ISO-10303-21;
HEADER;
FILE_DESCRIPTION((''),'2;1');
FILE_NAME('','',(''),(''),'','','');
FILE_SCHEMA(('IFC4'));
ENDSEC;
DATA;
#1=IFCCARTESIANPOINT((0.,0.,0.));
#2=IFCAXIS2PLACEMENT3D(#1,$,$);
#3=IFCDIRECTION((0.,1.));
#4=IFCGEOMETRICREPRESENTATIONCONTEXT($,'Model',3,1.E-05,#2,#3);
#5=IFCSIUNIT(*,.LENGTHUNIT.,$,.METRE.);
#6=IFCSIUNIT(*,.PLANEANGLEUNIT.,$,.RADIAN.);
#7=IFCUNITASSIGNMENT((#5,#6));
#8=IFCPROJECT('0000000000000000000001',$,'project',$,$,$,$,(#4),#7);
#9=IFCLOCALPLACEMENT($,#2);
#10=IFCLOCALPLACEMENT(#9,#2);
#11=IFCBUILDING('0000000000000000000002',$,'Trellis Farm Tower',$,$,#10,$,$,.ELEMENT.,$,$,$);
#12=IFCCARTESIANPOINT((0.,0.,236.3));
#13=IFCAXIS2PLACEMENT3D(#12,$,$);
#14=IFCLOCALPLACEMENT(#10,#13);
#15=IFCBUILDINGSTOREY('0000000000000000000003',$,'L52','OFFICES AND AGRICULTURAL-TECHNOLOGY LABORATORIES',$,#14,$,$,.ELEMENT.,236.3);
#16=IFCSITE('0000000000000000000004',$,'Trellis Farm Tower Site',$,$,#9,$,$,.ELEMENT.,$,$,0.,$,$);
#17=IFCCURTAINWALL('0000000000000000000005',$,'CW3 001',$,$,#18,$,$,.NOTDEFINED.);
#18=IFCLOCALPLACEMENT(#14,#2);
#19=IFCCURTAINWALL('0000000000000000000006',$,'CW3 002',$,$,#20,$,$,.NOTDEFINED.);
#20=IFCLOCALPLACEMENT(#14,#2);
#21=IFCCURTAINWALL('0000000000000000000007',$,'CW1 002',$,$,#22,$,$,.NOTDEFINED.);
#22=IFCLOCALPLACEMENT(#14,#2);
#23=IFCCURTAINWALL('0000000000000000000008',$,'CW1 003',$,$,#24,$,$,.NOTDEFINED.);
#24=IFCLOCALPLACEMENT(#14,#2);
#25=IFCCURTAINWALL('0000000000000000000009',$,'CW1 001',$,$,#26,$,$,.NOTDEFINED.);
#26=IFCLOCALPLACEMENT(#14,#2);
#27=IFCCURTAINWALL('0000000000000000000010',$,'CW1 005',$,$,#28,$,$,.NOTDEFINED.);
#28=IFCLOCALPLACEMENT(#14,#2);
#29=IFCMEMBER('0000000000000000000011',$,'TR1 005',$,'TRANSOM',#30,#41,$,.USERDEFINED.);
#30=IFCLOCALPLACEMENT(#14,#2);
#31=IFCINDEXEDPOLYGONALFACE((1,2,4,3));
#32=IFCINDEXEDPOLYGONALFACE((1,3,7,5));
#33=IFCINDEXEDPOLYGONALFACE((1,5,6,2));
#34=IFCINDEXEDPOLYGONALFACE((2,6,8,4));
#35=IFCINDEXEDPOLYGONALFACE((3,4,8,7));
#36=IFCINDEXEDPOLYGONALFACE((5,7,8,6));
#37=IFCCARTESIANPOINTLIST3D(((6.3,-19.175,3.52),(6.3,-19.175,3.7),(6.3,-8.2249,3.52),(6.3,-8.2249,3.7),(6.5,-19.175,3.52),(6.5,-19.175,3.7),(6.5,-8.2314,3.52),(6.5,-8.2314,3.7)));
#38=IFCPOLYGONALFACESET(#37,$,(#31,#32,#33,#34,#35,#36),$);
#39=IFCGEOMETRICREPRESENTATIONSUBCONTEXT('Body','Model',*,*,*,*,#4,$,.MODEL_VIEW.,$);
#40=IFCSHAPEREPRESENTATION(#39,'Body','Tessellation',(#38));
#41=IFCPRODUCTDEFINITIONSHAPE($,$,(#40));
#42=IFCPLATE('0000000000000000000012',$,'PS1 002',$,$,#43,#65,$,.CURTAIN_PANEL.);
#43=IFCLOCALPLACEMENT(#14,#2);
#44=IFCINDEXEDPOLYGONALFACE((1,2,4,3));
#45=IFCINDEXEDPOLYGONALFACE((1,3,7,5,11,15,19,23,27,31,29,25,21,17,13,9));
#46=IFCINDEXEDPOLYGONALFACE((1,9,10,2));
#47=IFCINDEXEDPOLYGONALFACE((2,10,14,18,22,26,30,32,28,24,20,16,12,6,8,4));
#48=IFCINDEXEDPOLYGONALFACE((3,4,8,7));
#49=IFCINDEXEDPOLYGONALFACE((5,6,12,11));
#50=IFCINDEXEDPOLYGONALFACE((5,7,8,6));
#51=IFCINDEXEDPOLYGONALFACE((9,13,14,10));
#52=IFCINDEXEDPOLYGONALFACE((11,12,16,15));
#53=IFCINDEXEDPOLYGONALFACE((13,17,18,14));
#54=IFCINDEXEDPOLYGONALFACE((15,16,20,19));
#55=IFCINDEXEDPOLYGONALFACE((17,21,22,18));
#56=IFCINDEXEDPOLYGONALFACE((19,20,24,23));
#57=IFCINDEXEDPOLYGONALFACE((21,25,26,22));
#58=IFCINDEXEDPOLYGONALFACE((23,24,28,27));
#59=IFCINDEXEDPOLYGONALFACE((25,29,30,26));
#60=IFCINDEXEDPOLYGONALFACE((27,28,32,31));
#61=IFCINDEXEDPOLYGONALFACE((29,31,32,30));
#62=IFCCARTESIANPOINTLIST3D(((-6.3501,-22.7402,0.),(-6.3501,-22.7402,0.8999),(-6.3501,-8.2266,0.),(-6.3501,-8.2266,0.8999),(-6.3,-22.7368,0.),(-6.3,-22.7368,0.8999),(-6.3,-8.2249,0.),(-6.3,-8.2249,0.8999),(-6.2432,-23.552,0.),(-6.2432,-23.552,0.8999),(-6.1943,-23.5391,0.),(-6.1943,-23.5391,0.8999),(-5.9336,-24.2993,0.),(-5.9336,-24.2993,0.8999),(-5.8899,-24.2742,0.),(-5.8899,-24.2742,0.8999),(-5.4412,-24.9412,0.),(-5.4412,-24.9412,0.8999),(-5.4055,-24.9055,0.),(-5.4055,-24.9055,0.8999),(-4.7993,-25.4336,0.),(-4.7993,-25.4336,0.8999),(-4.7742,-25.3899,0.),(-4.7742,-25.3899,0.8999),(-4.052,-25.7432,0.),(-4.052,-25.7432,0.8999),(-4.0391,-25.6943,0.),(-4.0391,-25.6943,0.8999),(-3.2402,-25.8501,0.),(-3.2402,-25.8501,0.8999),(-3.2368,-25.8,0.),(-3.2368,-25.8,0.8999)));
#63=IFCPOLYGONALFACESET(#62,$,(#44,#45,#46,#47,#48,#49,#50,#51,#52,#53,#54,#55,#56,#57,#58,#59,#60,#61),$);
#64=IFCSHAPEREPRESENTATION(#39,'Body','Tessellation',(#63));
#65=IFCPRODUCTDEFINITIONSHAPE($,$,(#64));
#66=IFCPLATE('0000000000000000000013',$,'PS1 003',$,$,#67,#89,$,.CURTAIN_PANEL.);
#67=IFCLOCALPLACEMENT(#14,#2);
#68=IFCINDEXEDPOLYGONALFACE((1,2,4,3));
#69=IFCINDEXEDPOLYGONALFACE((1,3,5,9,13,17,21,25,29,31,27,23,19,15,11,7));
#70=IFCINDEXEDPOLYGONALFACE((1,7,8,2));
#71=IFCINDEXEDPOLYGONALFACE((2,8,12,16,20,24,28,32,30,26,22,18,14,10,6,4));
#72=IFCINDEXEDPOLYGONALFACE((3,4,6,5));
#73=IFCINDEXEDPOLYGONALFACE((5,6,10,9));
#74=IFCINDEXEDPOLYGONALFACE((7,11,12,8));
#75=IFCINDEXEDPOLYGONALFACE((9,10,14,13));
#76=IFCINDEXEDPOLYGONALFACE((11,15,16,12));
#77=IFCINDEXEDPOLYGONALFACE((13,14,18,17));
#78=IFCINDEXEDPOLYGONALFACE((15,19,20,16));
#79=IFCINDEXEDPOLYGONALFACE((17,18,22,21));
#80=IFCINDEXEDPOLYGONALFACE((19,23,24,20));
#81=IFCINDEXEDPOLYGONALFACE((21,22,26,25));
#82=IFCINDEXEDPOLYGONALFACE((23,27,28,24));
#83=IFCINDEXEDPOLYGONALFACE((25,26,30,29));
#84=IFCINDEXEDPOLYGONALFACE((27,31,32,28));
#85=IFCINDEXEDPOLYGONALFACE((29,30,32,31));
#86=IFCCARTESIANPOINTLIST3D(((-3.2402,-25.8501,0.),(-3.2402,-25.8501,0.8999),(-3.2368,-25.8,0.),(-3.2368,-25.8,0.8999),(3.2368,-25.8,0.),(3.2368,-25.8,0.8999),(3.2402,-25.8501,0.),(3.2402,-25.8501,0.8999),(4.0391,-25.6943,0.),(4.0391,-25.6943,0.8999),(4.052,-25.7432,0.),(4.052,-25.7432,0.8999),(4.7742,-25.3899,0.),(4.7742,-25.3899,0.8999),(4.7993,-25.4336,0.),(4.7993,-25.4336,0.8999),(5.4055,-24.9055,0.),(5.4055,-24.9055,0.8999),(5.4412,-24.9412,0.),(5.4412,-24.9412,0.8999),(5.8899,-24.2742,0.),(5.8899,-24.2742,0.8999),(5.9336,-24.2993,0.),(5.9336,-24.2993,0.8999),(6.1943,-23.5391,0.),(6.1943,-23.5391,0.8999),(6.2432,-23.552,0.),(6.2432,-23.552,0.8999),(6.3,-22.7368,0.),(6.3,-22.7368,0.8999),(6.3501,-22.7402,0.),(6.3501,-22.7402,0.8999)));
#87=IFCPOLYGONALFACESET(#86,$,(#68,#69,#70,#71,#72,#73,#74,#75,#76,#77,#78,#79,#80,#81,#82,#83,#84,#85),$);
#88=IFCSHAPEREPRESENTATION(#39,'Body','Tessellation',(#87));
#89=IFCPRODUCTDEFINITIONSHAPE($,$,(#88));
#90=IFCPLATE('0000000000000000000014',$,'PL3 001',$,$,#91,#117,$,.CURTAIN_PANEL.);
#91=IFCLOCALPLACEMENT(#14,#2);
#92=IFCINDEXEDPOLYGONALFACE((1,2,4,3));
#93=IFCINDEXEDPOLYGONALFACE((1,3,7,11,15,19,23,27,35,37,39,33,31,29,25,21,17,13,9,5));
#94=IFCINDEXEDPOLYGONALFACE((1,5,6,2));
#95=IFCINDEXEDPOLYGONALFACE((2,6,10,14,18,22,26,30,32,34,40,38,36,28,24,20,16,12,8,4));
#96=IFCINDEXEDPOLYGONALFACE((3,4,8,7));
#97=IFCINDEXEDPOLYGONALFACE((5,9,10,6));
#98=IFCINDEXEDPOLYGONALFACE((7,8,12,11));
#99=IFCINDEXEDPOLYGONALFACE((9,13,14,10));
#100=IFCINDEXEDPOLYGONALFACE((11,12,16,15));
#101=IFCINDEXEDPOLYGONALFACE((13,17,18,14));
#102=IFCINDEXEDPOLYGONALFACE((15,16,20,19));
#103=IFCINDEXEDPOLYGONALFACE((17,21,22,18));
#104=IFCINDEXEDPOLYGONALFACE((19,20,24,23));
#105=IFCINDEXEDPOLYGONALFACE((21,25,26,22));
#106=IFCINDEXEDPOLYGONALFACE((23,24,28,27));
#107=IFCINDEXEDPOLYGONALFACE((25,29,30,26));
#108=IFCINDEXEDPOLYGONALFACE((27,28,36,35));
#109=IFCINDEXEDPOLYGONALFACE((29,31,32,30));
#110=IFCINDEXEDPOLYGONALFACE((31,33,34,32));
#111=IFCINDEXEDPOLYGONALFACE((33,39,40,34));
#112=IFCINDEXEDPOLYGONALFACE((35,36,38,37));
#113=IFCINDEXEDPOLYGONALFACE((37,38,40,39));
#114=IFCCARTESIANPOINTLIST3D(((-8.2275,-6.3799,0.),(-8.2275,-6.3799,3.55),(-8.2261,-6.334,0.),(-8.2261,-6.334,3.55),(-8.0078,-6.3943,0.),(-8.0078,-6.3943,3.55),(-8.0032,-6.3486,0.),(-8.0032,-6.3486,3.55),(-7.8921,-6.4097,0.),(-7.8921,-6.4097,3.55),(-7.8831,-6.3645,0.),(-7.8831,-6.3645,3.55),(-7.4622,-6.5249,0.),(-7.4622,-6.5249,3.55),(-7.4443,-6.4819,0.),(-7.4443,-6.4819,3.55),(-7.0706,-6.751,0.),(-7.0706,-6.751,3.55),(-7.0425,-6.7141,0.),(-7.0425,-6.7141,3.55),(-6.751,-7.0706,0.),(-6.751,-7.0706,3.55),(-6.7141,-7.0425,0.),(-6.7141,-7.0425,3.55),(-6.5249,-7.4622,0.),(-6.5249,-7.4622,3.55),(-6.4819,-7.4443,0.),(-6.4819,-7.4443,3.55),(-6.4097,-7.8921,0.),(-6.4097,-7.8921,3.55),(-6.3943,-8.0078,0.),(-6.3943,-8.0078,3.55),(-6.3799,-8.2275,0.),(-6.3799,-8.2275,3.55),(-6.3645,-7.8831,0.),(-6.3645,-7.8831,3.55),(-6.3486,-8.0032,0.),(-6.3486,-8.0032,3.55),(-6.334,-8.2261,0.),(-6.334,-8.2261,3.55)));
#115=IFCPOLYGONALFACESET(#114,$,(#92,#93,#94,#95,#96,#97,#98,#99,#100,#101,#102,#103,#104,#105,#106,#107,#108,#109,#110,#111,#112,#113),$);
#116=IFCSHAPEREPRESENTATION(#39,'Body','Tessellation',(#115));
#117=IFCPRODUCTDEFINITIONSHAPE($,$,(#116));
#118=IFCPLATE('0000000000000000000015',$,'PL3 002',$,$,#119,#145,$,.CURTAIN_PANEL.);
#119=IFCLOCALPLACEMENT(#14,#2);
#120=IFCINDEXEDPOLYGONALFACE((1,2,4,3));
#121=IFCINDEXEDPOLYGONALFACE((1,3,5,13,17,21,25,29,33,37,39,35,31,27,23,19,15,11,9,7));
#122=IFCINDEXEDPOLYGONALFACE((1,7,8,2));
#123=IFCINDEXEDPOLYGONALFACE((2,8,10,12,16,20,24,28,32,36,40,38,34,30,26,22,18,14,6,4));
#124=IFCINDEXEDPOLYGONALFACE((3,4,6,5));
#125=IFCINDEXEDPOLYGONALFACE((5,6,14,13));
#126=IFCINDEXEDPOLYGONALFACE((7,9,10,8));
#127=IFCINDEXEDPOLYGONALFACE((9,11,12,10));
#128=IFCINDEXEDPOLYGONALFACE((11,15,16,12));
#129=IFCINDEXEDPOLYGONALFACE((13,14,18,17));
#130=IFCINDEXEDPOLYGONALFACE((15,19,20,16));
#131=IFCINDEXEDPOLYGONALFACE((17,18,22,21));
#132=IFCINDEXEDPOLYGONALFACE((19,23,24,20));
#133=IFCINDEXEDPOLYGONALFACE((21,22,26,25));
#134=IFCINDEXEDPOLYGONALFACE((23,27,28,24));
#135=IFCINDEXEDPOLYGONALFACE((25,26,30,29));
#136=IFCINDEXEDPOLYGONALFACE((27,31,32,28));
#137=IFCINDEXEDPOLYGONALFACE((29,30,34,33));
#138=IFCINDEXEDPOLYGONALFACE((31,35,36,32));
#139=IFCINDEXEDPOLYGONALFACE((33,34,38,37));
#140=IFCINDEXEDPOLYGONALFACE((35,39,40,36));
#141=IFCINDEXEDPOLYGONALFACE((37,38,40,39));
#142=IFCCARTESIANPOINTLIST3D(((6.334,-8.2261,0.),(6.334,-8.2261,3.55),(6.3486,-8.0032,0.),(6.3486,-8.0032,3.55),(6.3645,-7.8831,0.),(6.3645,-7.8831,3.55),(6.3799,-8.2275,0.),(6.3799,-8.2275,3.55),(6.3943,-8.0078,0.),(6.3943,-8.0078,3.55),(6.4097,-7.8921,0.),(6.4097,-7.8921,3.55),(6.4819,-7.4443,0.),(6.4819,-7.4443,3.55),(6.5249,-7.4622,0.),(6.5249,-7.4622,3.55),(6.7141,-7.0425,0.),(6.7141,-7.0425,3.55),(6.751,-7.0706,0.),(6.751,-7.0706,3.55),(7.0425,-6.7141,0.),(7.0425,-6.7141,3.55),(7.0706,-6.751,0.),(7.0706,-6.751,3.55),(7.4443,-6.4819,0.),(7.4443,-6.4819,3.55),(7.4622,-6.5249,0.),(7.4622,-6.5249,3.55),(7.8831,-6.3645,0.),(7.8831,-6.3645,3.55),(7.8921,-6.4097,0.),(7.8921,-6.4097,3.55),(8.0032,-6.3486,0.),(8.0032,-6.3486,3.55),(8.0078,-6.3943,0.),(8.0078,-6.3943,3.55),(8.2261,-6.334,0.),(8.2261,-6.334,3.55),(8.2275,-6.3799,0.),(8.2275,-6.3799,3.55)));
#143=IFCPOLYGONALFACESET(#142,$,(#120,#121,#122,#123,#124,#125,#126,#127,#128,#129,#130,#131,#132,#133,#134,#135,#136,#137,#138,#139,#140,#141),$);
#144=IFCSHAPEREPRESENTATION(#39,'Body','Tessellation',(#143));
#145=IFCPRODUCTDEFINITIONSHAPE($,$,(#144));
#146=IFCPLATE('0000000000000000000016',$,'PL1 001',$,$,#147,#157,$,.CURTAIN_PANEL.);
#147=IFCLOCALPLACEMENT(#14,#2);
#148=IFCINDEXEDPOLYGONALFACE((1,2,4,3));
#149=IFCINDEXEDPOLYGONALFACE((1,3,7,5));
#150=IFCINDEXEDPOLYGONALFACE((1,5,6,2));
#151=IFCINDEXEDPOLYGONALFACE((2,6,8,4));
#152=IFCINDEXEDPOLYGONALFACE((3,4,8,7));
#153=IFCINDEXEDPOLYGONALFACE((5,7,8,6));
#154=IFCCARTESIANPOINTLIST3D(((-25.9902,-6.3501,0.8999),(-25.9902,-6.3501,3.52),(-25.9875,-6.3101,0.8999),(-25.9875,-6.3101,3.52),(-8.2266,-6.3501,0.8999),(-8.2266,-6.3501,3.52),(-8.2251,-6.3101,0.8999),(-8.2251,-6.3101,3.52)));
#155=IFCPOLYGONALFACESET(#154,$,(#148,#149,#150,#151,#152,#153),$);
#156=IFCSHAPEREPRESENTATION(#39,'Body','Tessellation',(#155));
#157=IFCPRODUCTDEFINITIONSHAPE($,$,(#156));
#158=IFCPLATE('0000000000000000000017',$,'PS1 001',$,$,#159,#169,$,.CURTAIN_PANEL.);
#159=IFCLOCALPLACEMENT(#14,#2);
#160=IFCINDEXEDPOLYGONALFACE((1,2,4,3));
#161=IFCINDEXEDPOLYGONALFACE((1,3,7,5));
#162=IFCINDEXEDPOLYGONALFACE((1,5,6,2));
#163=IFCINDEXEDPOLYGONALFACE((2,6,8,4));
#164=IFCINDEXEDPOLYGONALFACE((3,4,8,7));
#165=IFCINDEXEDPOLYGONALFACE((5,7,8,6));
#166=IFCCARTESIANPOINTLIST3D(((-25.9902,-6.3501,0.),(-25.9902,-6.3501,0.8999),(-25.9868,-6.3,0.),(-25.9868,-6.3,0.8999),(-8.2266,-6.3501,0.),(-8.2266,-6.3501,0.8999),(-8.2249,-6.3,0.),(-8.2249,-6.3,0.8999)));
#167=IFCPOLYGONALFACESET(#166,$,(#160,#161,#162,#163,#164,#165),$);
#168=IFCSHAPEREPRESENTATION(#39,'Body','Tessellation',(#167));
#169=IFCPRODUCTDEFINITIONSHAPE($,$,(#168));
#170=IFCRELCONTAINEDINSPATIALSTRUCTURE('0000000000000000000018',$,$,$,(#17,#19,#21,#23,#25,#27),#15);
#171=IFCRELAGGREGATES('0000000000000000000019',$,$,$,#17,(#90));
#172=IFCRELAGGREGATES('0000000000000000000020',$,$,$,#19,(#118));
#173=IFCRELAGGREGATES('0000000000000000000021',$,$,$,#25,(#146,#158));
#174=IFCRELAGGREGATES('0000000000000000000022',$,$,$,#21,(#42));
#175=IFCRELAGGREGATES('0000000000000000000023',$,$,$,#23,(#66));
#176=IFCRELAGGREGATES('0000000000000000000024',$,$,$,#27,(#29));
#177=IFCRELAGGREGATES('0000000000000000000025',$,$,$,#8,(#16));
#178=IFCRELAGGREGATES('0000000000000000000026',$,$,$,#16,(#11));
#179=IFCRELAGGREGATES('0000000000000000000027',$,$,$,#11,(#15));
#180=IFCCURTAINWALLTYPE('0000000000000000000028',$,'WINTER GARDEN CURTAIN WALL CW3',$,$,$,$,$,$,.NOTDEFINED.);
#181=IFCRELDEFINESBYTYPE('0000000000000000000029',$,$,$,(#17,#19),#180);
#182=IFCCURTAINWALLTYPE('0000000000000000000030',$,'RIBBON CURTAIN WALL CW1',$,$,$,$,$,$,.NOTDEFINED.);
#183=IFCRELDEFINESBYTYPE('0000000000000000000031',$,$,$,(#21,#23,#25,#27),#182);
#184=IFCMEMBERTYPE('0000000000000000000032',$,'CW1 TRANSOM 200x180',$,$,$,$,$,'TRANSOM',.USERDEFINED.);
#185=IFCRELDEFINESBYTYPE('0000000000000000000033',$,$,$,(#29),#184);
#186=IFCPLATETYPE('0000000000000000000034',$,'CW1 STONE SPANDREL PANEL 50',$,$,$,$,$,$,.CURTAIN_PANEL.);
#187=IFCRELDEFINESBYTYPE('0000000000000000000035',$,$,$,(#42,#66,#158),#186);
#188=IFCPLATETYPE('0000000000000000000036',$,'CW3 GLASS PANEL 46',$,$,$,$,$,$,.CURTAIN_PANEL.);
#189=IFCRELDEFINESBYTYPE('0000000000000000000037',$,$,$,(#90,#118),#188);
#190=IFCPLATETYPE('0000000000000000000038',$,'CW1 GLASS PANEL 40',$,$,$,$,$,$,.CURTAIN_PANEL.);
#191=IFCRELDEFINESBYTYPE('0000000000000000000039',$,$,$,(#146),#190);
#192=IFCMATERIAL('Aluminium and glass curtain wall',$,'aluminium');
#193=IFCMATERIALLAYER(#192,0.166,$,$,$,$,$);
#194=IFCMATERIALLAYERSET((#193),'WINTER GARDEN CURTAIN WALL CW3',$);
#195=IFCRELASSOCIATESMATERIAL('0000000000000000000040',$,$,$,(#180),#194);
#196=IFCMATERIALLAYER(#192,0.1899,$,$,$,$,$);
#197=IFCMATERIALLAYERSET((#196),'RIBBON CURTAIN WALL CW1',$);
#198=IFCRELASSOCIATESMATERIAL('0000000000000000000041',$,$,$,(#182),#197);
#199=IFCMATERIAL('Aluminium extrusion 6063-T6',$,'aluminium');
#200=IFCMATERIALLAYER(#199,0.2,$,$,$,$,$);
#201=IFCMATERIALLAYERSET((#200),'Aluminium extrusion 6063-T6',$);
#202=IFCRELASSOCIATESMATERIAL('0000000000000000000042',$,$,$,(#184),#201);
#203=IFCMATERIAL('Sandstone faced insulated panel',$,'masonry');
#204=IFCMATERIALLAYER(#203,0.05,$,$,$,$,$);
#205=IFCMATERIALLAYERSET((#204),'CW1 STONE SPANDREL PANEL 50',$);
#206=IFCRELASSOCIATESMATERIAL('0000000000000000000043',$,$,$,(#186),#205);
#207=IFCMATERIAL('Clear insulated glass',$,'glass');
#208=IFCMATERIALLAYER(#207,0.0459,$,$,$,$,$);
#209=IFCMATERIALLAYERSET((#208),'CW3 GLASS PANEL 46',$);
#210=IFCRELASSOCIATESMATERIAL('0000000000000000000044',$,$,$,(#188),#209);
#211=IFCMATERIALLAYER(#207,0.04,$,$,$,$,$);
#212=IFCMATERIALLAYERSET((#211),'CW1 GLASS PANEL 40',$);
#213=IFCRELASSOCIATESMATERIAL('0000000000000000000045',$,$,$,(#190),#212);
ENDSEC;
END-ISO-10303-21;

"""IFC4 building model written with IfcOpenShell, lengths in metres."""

from ifc_helpers import new_model, si_unit, direction, frame, origin, place, context, subcontext, project, spatial, polyline, outline, extrude, source, transform, mapped, material, layer, layer_set, type_object, element, aggregate, save


model = new_model("IFC4")

# Units and contexts
model_context = context("Model", 3, precision=1e-05, world=origin(), true_north=direction((0.0, 1.0)))
body_context = subcontext(model_context, "Body", "Model", "MODEL_VIEW")
ifc_project = project(units=[si_unit("LENGTHUNIT", "METRE"), si_unit("PLANEANGLEUNIT", "RADIAN")], contexts=[model_context])

# Site, building, storey
site_placement = place(None, origin())
site = spatial("IfcSite", under=ifc_project, at=site_placement, Name="Trellis Farm Tower Site", CompositionType="ELEMENT", RefElevation=0.0)
building_placement = place(site_placement, origin())
building = spatial("IfcBuilding", under=site, at=building_placement, Name="Trellis Farm Tower", CompositionType="ELEMENT")
storey_placement = place(building_placement, frame((0.0, 0.0, 236.3)))
storey = spatial("IfcBuildingStorey", under=building, at=storey_placement, Name="L52", Description="OFFICES AND AGRICULTURAL-TECHNOLOGY LABORATORIES", CompositionType="ELEMENT", Elevation=236.3)

# Curtain walls, member
ifc_material_1 = material(Name="Aluminium and glass curtain wall", Category="aluminium")
ifc_layer_1 = layer(ifc_material_1, 0.166)
ifc_layer_set_1 = layer_set([ifc_layer_1], Name="WINTER GARDEN CURTAIN WALL CW3")
curtain_wall_type_1 = type_object("IfcCurtainWallType", Name="WINTER GARDEN CURTAIN WALL CW3", PredefinedType="NOTDEFINED", material=ifc_layer_set_1)
placement_1 = place(storey_placement, origin())
curtain_wall_1 = element("IfcCurtainWall", 1, at=placement_1, inside=storey, type_object=curtain_wall_type_1, Name="CW3 001", PredefinedType="NOTDEFINED")
ifc_material_2 = material(Name="Aluminium extrusion 6063-T6", Category="aluminium")
curtain_wall_2 = element("IfcCurtainWall", 2, at=placement_1, inside=storey, type_object=curtain_wall_type_1, Name="CW3 002", PredefinedType="NOTDEFINED")
ifc_layer_2 = layer(ifc_material_1, 0.1899)
ifc_layer_set_2 = layer_set([ifc_layer_2], Name="RIBBON CURTAIN WALL CW1")
curtain_wall_type_2 = type_object("IfcCurtainWallType", Name="RIBBON CURTAIN WALL CW1", PredefinedType="NOTDEFINED", material=ifc_layer_set_2)
curtain_wall_3 = element("IfcCurtainWall", 3, at=placement_1, inside=storey, type_object=curtain_wall_type_2, Name="CW1 002", PredefinedType="NOTDEFINED")
ifc_layer_3 = layer(ifc_material_2, 0.2)
ifc_layer_set_3 = layer_set([ifc_layer_3], Name="Aluminium extrusion 6063-T6")
member_type_1 = type_object("IfcMemberType", Name="CW1 TRANSOM 200x180", ElementType="TRANSOM", PredefinedType="USERDEFINED", material=ifc_layer_set_3)
placement_2 = place(storey_placement, frame((0.0, 0.0, 3.52)))
curtain_wall_4 = element("IfcCurtainWall", 4, at=placement_1, inside=storey, type_object=curtain_wall_type_2, Name="CW1 003", PredefinedType="NOTDEFINED")
curtain_wall_5 = element("IfcCurtainWall", 5, at=placement_1, inside=storey, type_object=curtain_wall_type_2, Name="CW1 001", PredefinedType="NOTDEFINED")
curtain_wall_6 = element("IfcCurtainWall", 6, at=placement_1, inside=storey, type_object=curtain_wall_type_2, Name="CW1 005", PredefinedType="NOTDEFINED")
shared_shape_1 = source(origin(), body_context, "Body", "SweptSolid", [
    extrude(outline(polyline([(6.5, -19.175), (6.5, -8.2314), (6.3, -8.2249), (6.3, -19.175), (6.5, -19.175)])), origin(), (0.0, 0.0, 1.0), 0.1799),
])
member_1 = element("IfcMember", 7, at=placement_2, type_object=member_type_1, Name="TR1 005", ObjectType="TRANSOM", PredefinedType="USERDEFINED", context=body_context, shape_type="MappedRepresentation", body=[
    mapped(shared_shape_1, transform((0.0, 0.0, 0.0))),
])

# Plates
ifc_material_3 = material(Name="Sandstone faced insulated panel", Category="masonry")
ifc_layer_4 = layer(ifc_material_3, 0.05)
ifc_layer_set_4 = layer_set([ifc_layer_4], Name="CW1 STONE SPANDREL PANEL 50")
plate_type_1 = type_object("IfcPlateType", Name="CW1 STONE SPANDREL PANEL 50", PredefinedType="CURTAIN_PANEL", material=ifc_layer_set_4)
shared_shape_2 = source(origin(), body_context, "Body", "SweptSolid", [
    extrude(outline(polyline([(-6.3501, -8.2266), (-6.3501, -22.7402), (-6.2432, -23.552), (-5.9336, -24.2993), (-5.4412, -24.9412), (-4.7993, -25.4336), (-4.052, -25.7432), (-3.2402, -25.8501), (-3.2368, -25.8), (-4.0391, -25.6943), (-4.7742, -25.3899), (-5.4055, -24.9055), (-5.8899, -24.2742), (-6.1943, -23.5391), (-6.3, -22.7368), (-6.3, -8.2249), (-6.3501, -8.2266)])), origin(), (0.0, 0.0, 1.0), 0.8999),
])
plate_1 = element("IfcPlate", 8, at=placement_1, type_object=plate_type_1, Name="PS1 002", PredefinedType="CURTAIN_PANEL", context=body_context, shape_type="MappedRepresentation", body=[
    mapped(shared_shape_2, transform((0.0, 0.0, 0.0))),
])
shared_shape_3 = source(origin(), body_context, "Body", "SweptSolid", [
    extrude(outline(polyline([(-3.2402, -25.8501), (3.2402, -25.8501), (4.052, -25.7432), (4.7993, -25.4336), (5.4412, -24.9412), (5.9336, -24.2993), (6.2432, -23.552), (6.3501, -22.7402), (6.3, -22.7368), (6.1943, -23.5391), (5.8899, -24.2742), (5.4055, -24.9055), (4.7742, -25.3899), (4.0391, -25.6943), (3.2368, -25.8), (-3.2368, -25.8), (-3.2402, -25.8501)])), origin(), (0.0, 0.0, 1.0), 0.8999),
])
plate_2 = element("IfcPlate", 9, at=placement_1, type_object=plate_type_1, Name="PS1 003", PredefinedType="CURTAIN_PANEL", context=body_context, shape_type="MappedRepresentation", body=[
    mapped(shared_shape_3, transform((0.0, 0.0, 0.0))),
])
ifc_material_4 = material(Name="Clear insulated glass", Category="glass")
ifc_layer_5 = layer(ifc_material_4, 0.0459)
ifc_layer_set_5 = layer_set([ifc_layer_5], Name="CW3 GLASS PANEL 46")
plate_type_2 = type_object("IfcPlateType", Name="CW3 GLASS PANEL 46", PredefinedType="CURTAIN_PANEL", material=ifc_layer_set_5)
shared_shape_4 = source(origin(), body_context, "Body", "SweptSolid", [
    extrude(outline(polyline([(-8.2275, -6.3799), (-8.0078, -6.3943), (-7.8921, -6.4097), (-7.4622, -6.5249), (-7.0706, -6.751), (-6.751, -7.0706), (-6.5249, -7.4622), (-6.4097, -7.8921), (-6.3943, -8.0078), (-6.3799, -8.2275), (-6.334, -8.2261), (-6.3486, -8.0032), (-6.3645, -7.8831), (-6.4819, -7.4443), (-6.7141, -7.0425), (-7.0425, -6.7141), (-7.4443, -6.4819), (-7.8831, -6.3645), (-8.0032, -6.3486), (-8.2261, -6.334), (-8.2275, -6.3799)])), origin(), (0.0, 0.0, 1.0), 3.55),
])
plate_3 = element("IfcPlate", 10, at=placement_1, type_object=plate_type_2, Name="PL3 001", PredefinedType="CURTAIN_PANEL", context=body_context, shape_type="MappedRepresentation", body=[
    mapped(shared_shape_4, transform((0.0, 0.0, 0.0))),
])
aggregate(curtain_wall_1, [plate_3])
shared_shape_5 = source(origin(), body_context, "Body", "SweptSolid", [
    extrude(outline(polyline([(6.3799, -8.2275), (6.3943, -8.0078), (6.4097, -7.8921), (6.5249, -7.4622), (6.751, -7.0706), (7.0706, -6.751), (7.4622, -6.5249), (7.8921, -6.4097), (8.0078, -6.3943), (8.2275, -6.3799), (8.2261, -6.334), (8.0032, -6.3486), (7.8831, -6.3645), (7.4443, -6.4819), (7.0425, -6.7141), (6.7141, -7.0425), (6.4819, -7.4443), (6.3645, -7.8831), (6.3486, -8.0032), (6.334, -8.2261), (6.3799, -8.2275)])), origin(), (0.0, 0.0, 1.0), 3.55),
])
plate_4 = element("IfcPlate", 11, at=placement_1, type_object=plate_type_2, Name="PL3 002", PredefinedType="CURTAIN_PANEL", context=body_context, shape_type="MappedRepresentation", body=[
    mapped(shared_shape_5, transform((0.0, 0.0, 0.0))),
])
aggregate(curtain_wall_2, [plate_4])
ifc_layer_6 = layer(ifc_material_4, 0.04)
ifc_layer_set_6 = layer_set([ifc_layer_6], Name="CW1 GLASS PANEL 40")
plate_type_3 = type_object("IfcPlateType", Name="CW1 GLASS PANEL 40", PredefinedType="CURTAIN_PANEL", material=ifc_layer_set_6)
shared_shape_6 = source(origin(), body_context, "Body", "SweptSolid", [
    extrude(outline(polyline([(-25.9902, -6.3501), (-8.2266, -6.3501), (-8.2251, -6.3101), (-25.9875, -6.3101), (-25.9902, -6.3501)])), origin(), (0.0, 0.0, 1.0), 2.6201),
])
placement_3 = place(storey_placement, frame((0.0, 0.0, 0.8999)))
plate_5 = element("IfcPlate", 12, at=placement_3, type_object=plate_type_3, Name="PL1 001", PredefinedType="CURTAIN_PANEL", context=body_context, shape_type="MappedRepresentation", body=[
    mapped(shared_shape_6, transform((0.0, 0.0, 0.0))),
])
shared_shape_7 = source(origin(), body_context, "Body", "SweptSolid", [
    extrude(outline(polyline([(-25.9902, -6.3501), (-8.2266, -6.3501), (-8.2249, -6.3), (-25.9868, -6.3), (-25.9902, -6.3501)])), origin(), (0.0, 0.0, 1.0), 0.8999),
])
plate_6 = element("IfcPlate", 13, at=placement_1, type_object=plate_type_1, Name="PS1 001", PredefinedType="CURTAIN_PANEL", context=body_context, shape_type="MappedRepresentation", body=[
    mapped(shared_shape_7, transform((0.0, 0.0, 0.0))),
])
aggregate(curtain_wall_5, [plate_5, plate_6])
aggregate(curtain_wall_3, [plate_1])
aggregate(curtain_wall_4, [plate_2])
aggregate(curtain_wall_6, [member_1])

save(model, "model.ifc")
